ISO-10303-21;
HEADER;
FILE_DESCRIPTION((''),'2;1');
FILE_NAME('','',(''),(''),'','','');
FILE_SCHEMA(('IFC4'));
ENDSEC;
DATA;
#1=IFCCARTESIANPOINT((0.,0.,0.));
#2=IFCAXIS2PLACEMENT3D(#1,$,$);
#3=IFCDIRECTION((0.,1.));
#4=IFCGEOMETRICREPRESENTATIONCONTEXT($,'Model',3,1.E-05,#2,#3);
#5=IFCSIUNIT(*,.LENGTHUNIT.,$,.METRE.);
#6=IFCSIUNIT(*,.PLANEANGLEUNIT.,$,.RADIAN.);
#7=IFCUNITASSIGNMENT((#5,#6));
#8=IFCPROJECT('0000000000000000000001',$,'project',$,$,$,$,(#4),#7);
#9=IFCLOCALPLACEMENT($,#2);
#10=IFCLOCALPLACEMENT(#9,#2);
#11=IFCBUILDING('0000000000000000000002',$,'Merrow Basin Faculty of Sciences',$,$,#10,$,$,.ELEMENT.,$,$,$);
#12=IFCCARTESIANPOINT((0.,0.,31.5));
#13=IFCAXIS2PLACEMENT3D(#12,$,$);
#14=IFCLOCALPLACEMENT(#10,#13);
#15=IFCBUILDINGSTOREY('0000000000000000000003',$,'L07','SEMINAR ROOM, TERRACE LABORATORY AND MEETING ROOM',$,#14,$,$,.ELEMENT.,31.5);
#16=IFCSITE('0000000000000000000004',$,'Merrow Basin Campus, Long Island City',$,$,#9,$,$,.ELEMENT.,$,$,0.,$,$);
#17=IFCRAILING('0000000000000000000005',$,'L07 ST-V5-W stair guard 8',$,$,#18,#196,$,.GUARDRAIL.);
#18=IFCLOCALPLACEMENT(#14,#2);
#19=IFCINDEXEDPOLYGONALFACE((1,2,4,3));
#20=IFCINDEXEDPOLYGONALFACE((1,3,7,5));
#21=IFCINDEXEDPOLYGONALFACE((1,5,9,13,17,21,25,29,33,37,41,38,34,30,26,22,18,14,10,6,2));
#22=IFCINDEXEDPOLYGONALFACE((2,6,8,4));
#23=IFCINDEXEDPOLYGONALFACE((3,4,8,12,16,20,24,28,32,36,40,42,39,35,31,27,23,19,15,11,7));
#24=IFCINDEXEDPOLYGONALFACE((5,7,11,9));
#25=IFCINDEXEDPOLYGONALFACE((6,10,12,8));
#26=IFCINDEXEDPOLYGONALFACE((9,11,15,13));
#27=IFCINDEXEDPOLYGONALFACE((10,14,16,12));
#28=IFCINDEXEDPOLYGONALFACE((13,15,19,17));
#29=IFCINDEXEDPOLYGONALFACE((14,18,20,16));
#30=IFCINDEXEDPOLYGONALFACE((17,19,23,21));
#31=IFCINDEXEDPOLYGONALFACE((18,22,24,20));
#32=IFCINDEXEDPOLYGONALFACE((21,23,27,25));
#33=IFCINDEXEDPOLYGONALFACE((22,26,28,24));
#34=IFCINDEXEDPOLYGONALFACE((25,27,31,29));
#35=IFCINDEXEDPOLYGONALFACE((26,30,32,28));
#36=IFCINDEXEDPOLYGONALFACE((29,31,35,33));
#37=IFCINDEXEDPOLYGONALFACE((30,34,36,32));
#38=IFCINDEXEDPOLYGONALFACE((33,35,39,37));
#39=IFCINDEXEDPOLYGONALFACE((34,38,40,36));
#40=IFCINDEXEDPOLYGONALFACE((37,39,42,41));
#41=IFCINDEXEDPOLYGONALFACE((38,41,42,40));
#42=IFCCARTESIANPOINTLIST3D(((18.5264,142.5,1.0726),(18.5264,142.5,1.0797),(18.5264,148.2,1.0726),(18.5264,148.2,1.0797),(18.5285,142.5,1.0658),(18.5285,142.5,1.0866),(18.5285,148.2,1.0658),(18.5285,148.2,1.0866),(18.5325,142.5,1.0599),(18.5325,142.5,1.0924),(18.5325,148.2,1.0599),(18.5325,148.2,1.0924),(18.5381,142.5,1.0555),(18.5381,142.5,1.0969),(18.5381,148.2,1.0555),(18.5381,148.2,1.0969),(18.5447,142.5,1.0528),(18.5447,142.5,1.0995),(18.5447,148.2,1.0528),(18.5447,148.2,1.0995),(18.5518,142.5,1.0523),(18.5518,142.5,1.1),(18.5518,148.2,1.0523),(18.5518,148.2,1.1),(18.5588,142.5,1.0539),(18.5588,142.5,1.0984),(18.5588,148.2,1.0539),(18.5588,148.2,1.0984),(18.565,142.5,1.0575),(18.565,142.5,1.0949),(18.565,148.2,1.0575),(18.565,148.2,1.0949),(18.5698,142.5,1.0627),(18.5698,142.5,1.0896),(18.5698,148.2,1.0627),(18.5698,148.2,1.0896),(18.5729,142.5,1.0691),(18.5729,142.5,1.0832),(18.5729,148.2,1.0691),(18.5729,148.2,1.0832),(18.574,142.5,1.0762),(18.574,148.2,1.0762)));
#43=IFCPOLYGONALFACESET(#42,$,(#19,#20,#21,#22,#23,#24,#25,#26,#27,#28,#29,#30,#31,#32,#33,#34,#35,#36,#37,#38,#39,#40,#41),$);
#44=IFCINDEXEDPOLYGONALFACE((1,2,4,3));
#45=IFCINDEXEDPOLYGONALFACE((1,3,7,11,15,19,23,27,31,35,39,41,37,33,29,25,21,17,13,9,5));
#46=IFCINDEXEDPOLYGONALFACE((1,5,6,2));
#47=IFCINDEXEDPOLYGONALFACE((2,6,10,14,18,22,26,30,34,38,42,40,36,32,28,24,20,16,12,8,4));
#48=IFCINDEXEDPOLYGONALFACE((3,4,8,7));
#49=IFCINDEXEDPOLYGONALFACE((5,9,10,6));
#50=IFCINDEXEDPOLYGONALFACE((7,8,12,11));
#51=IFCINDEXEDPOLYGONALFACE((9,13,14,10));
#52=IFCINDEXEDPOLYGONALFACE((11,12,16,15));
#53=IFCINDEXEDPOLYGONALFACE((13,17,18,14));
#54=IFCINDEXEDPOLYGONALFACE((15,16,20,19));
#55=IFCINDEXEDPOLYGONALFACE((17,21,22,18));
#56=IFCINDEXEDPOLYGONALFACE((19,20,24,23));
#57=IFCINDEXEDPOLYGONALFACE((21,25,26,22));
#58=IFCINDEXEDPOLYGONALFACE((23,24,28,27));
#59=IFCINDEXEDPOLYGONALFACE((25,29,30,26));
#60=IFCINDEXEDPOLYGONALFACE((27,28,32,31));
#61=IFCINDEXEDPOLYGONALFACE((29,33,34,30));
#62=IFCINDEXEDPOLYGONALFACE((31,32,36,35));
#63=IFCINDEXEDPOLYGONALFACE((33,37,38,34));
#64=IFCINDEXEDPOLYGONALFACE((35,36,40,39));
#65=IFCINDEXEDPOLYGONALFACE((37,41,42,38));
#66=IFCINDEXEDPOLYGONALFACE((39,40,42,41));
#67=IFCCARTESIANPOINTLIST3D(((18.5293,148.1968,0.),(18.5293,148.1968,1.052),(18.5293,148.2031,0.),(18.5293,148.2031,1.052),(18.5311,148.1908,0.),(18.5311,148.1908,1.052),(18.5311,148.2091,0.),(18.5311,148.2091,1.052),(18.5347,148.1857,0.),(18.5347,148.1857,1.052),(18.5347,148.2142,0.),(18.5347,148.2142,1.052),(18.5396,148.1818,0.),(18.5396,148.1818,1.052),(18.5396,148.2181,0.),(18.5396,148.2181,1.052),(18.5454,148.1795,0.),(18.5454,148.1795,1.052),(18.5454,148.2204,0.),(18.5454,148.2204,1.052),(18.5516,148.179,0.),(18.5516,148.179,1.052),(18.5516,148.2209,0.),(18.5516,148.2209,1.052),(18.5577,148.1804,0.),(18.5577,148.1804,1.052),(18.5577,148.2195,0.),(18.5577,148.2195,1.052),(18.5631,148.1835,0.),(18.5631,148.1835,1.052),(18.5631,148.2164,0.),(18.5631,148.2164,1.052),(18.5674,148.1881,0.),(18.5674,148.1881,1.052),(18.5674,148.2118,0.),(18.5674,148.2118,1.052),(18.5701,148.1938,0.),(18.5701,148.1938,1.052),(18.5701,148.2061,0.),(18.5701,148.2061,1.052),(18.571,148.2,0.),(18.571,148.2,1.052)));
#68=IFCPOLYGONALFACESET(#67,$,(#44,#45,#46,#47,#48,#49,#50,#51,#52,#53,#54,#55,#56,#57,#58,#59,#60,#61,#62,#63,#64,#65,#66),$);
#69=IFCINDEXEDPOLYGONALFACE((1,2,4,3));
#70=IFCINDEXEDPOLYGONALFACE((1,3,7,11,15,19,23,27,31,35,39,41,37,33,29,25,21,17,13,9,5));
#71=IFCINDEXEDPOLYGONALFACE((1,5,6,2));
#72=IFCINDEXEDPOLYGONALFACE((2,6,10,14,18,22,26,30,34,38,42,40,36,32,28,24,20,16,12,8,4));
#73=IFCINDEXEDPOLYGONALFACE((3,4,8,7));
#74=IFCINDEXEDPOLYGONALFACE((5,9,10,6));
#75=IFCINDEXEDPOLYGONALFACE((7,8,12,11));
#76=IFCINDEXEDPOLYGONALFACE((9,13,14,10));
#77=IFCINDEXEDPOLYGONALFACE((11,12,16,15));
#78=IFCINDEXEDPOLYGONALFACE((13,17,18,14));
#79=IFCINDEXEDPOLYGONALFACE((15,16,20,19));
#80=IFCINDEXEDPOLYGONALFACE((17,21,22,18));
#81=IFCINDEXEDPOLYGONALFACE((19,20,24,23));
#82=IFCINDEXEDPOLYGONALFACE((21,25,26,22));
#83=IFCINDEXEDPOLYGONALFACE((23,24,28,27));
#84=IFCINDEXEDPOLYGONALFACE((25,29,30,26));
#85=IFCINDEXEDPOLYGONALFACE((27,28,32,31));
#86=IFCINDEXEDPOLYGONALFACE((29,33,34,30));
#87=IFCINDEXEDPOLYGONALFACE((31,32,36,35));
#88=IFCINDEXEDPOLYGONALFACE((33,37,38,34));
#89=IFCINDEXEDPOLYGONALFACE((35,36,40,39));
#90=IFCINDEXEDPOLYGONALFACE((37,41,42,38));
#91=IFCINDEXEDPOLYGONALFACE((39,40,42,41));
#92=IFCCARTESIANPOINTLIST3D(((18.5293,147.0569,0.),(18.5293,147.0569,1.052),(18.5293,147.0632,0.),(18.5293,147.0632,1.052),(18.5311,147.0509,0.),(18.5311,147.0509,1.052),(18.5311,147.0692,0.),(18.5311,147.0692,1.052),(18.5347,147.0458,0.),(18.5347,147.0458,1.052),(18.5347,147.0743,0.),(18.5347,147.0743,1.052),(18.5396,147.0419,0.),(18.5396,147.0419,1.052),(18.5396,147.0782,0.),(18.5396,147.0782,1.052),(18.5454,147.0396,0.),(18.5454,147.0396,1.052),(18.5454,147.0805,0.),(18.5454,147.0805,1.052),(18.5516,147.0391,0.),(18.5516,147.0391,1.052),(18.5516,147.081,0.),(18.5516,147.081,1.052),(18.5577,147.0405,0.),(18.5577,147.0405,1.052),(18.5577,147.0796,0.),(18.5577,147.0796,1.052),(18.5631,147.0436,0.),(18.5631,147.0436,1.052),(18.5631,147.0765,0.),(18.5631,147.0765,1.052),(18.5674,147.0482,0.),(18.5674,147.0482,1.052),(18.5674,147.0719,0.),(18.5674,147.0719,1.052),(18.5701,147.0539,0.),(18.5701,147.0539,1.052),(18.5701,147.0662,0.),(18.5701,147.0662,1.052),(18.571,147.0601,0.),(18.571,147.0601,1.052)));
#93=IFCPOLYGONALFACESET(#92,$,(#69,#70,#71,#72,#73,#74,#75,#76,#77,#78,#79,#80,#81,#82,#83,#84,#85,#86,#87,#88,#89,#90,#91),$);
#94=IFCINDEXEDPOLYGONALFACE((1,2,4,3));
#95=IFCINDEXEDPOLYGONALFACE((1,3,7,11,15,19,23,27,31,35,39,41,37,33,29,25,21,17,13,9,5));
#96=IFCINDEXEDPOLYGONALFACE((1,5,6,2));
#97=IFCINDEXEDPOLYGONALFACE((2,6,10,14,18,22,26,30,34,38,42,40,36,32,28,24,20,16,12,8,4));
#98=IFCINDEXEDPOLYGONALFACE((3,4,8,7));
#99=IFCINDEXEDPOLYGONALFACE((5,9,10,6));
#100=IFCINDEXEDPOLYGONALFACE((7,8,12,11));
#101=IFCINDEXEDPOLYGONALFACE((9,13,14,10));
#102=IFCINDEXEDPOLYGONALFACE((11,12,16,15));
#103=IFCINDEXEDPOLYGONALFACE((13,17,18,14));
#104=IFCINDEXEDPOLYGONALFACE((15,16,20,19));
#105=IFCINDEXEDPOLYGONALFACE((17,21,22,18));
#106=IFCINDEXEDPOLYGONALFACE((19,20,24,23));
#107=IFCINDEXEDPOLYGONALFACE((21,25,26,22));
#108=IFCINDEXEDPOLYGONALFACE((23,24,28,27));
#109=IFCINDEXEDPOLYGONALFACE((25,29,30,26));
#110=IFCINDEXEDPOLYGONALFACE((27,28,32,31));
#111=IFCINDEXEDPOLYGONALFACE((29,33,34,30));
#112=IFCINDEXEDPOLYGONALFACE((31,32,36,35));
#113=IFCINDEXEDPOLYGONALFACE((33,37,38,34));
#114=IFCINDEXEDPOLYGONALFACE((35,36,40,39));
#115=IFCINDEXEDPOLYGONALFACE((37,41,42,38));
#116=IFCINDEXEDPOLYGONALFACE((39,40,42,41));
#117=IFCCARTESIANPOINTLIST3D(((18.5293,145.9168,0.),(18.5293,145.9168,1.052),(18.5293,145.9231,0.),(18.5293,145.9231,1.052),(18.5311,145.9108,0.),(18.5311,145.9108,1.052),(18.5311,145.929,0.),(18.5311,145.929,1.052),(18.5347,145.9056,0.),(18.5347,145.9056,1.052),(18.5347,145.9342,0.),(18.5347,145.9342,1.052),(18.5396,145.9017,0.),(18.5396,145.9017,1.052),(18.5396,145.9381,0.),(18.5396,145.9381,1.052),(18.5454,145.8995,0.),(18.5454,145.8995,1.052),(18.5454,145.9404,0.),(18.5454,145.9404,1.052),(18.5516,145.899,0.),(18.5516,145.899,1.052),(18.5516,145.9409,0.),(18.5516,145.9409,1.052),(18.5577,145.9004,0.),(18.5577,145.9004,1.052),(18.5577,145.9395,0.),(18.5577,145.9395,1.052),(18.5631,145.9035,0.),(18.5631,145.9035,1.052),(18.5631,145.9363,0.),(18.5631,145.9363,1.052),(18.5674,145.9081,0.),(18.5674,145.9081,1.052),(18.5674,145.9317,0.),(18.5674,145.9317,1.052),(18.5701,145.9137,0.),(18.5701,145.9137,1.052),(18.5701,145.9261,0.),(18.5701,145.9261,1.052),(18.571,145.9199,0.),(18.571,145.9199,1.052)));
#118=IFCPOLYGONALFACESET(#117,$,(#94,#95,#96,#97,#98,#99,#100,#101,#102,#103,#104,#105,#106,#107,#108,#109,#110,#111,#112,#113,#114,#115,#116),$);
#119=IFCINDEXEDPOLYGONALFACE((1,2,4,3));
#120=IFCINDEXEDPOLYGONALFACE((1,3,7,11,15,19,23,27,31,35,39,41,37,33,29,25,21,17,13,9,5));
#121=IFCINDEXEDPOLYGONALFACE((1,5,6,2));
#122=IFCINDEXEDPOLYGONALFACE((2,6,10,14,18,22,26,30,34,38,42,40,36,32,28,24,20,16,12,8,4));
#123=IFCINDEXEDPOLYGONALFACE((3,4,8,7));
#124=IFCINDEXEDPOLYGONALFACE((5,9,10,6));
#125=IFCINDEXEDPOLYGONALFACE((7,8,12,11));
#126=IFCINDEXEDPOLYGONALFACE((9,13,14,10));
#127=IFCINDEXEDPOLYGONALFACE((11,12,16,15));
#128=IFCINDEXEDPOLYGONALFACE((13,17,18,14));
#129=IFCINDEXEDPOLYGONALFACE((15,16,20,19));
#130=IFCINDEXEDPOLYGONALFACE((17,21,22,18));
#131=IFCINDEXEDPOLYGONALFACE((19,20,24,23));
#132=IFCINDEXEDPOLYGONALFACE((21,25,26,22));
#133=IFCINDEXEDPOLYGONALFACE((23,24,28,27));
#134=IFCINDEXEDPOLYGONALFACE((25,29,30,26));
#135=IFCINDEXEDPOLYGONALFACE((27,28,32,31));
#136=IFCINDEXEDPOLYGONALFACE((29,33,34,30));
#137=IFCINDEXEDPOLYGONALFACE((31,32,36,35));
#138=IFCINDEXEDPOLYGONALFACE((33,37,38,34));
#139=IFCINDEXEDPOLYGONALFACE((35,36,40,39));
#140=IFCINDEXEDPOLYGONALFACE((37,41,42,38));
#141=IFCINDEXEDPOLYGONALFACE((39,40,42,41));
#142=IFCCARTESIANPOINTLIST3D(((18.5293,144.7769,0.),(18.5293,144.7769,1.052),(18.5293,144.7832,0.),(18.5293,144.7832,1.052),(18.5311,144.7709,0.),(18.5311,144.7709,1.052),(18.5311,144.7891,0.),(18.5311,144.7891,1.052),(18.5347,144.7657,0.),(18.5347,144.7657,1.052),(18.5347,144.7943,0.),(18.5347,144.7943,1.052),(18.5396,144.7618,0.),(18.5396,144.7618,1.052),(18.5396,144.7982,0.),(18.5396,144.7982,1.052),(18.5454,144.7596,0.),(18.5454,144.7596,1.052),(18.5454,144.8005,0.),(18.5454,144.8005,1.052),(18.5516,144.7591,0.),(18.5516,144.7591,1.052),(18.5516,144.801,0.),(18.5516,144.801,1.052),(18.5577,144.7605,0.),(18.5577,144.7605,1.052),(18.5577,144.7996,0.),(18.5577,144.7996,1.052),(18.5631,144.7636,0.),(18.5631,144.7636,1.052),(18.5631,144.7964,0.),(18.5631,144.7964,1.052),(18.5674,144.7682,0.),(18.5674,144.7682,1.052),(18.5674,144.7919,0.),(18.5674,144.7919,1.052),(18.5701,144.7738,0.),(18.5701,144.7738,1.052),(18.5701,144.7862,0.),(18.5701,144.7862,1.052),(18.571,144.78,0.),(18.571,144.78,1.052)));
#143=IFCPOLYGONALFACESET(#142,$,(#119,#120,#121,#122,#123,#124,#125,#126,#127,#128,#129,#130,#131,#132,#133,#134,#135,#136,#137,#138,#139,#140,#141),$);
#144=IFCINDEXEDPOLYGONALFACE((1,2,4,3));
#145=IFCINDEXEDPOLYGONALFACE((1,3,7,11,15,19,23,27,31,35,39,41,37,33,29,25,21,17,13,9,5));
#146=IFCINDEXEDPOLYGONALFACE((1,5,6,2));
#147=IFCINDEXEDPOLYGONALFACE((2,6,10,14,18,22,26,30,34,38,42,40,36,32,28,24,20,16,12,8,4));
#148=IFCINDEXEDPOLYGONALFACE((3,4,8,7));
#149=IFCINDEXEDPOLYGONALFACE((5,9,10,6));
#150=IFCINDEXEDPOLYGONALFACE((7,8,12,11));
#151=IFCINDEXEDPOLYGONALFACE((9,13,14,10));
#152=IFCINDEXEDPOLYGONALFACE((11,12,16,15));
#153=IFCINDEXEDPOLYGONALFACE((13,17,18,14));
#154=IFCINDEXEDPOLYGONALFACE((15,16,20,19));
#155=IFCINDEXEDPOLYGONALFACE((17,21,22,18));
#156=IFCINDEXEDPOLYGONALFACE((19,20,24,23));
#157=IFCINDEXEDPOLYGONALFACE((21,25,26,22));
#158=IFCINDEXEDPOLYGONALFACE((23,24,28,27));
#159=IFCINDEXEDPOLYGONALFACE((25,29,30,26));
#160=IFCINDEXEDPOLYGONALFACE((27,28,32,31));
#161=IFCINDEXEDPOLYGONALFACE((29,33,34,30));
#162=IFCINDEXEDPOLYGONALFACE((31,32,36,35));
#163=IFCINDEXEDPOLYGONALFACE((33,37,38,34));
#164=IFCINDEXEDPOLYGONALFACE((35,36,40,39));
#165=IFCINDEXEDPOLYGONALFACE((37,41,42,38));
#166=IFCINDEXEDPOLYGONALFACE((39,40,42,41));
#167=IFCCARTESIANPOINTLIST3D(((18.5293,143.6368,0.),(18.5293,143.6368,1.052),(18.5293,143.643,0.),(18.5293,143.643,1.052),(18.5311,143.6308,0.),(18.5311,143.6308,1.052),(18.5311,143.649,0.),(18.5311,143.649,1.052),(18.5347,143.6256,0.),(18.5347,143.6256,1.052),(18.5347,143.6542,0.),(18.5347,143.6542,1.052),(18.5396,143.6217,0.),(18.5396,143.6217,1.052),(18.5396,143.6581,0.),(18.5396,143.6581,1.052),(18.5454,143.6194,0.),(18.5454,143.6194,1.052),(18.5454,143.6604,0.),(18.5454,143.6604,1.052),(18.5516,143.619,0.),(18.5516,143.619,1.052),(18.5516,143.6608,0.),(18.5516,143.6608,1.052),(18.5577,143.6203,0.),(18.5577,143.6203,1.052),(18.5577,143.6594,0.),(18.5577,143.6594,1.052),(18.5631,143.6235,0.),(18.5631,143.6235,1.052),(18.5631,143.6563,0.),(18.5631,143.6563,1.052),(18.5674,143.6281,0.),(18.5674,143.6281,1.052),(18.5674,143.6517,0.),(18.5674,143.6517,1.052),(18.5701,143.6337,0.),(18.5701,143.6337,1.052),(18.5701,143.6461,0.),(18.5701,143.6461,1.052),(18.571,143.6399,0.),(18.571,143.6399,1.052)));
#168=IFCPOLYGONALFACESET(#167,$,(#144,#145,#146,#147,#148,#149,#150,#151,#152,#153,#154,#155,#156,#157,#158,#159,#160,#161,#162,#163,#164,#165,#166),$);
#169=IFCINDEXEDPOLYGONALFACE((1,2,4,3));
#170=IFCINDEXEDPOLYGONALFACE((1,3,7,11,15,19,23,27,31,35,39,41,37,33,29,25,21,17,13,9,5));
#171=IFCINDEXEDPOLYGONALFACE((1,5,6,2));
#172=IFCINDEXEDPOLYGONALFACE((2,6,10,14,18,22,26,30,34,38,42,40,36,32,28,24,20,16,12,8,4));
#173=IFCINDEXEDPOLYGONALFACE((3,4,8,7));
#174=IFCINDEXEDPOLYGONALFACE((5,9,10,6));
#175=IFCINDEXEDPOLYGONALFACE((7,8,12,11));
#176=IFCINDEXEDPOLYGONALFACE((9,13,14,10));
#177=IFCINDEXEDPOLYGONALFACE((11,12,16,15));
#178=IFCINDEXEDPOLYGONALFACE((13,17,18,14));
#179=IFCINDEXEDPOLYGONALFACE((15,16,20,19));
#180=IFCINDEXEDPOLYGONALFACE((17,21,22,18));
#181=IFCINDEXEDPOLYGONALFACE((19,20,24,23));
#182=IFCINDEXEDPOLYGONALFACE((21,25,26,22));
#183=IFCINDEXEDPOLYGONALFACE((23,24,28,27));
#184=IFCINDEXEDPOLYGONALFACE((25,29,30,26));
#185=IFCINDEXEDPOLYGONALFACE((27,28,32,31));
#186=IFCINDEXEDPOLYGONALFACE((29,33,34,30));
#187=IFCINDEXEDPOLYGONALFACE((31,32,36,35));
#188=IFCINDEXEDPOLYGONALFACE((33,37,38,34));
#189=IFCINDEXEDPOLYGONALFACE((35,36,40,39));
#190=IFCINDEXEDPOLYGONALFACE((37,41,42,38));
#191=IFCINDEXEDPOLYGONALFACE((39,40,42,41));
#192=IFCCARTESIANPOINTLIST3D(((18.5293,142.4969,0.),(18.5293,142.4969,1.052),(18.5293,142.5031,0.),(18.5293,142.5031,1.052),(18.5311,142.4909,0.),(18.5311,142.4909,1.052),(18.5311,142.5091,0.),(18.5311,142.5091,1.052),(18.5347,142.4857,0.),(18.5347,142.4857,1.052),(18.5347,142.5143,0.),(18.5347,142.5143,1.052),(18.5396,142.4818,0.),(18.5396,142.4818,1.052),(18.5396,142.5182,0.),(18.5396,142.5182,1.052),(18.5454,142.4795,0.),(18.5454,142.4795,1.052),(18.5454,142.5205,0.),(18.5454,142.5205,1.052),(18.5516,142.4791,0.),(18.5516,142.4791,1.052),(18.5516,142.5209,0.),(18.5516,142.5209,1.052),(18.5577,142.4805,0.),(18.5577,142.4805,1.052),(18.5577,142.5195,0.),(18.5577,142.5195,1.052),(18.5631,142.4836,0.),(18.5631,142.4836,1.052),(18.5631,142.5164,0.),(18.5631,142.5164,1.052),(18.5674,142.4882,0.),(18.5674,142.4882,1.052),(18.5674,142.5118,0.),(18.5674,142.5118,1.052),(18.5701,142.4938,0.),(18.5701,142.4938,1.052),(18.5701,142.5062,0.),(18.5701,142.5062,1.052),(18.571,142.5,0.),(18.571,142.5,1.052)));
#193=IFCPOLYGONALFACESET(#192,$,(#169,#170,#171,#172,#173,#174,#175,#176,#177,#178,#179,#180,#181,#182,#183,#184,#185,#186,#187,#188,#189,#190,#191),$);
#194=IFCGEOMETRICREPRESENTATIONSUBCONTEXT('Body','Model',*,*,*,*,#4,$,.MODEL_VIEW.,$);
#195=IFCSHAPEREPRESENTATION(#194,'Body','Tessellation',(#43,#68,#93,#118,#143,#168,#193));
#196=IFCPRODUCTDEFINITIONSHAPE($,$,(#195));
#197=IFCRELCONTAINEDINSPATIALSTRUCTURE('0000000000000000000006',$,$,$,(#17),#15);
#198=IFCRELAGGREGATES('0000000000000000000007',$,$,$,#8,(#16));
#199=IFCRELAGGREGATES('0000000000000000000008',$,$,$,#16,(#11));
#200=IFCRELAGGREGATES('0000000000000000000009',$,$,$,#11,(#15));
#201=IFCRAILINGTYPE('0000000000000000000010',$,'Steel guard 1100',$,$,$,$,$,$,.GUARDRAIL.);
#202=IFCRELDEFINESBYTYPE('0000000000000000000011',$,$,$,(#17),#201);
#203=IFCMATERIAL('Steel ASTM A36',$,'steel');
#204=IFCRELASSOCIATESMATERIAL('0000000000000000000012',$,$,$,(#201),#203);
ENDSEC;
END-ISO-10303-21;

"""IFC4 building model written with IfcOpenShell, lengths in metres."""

from ifc_helpers import new_model, si_unit, direction, frame, origin, origin_2d, place, context, subcontext, project, spatial, circle, extrude, material, type_object, element, save


model = new_model("IFC4")

# Units and contexts
model_context = context("Model", 3, precision=1e-05, world=origin(), true_north=direction((0.0, 1.0)))
body_context = subcontext(model_context, "Body", "Model", "MODEL_VIEW")
ifc_project = project(units=[si_unit("LENGTHUNIT", "METRE"), si_unit("PLANEANGLEUNIT", "RADIAN")], contexts=[model_context])

# Site, building, storey
site_placement = place(None, origin())
site = spatial("IfcSite", under=ifc_project, at=site_placement, Name="Merrow Basin Campus, Long Island City", CompositionType="ELEMENT", RefElevation=0.0)
building_placement = place(site_placement, origin())
building = spatial("IfcBuilding", under=site, at=building_placement, Name="Merrow Basin Faculty of Sciences", CompositionType="ELEMENT")
storey_placement = place(building_placement, frame((0.0, 0.0, 31.5)))
storey = spatial("IfcBuildingStorey", under=building, at=storey_placement, Name="L07", Description="SEMINAR ROOM, TERRACE LABORATORY AND MEETING ROOM", CompositionType="ELEMENT", Elevation=31.5)

# Railing
ifc_material_1 = material(Name="Steel ASTM A36", Category="steel")
railing_type = type_object("IfcRailingType", Name="Steel guard 1100", PredefinedType="GUARDRAIL", material=ifc_material_1)
railing_1_placement = place(storey_placement, frame((18.55, 148.2, 0.0)))
element("IfcRailing", 1, at=railing_1_placement, inside=storey, type_object=railing_type, Name="L07 ST-V5-W stair guard 8", PredefinedType="GUARDRAIL", context=body_context, shape_type="SweptSolid", body=[
    extrude(circle(Radius=0.0239, at=origin_2d()), frame((0.0, 0.0, 1.0762), z_axis=(0.0, -1.0, 0.0), x_axis=(1.0, 0.0, 0.0)), (0.0, 0.0, 1.0), 5.7),
    extrude(circle(Radius=0.021, at=origin_2d()), origin(), (0.0, 0.0, 1.0), 1.052),
    extrude(circle(Radius=0.021, at=origin_2d()), frame((0.0, -1.1399, 0.0)), (0.0, 0.0, 1.0), 1.052),
    extrude(circle(Radius=0.021, at=origin_2d()), frame((0.0, -2.28, 0.0)), (0.0, 0.0, 1.0), 1.052),
    extrude(circle(Radius=0.021, at=origin_2d()), frame((0.0, -3.4199, 0.0)), (0.0, 0.0, 1.0), 1.052),
    extrude(circle(Radius=0.021, at=origin_2d()), frame((0.0, -4.5601, 0.0)), (0.0, 0.0, 1.0), 1.052),
    extrude(circle(Radius=0.021, at=origin_2d()), frame((0.0, -5.7, 0.0)), (0.0, 0.0, 1.0), 1.052),
])

save(model, "model.ifc")
